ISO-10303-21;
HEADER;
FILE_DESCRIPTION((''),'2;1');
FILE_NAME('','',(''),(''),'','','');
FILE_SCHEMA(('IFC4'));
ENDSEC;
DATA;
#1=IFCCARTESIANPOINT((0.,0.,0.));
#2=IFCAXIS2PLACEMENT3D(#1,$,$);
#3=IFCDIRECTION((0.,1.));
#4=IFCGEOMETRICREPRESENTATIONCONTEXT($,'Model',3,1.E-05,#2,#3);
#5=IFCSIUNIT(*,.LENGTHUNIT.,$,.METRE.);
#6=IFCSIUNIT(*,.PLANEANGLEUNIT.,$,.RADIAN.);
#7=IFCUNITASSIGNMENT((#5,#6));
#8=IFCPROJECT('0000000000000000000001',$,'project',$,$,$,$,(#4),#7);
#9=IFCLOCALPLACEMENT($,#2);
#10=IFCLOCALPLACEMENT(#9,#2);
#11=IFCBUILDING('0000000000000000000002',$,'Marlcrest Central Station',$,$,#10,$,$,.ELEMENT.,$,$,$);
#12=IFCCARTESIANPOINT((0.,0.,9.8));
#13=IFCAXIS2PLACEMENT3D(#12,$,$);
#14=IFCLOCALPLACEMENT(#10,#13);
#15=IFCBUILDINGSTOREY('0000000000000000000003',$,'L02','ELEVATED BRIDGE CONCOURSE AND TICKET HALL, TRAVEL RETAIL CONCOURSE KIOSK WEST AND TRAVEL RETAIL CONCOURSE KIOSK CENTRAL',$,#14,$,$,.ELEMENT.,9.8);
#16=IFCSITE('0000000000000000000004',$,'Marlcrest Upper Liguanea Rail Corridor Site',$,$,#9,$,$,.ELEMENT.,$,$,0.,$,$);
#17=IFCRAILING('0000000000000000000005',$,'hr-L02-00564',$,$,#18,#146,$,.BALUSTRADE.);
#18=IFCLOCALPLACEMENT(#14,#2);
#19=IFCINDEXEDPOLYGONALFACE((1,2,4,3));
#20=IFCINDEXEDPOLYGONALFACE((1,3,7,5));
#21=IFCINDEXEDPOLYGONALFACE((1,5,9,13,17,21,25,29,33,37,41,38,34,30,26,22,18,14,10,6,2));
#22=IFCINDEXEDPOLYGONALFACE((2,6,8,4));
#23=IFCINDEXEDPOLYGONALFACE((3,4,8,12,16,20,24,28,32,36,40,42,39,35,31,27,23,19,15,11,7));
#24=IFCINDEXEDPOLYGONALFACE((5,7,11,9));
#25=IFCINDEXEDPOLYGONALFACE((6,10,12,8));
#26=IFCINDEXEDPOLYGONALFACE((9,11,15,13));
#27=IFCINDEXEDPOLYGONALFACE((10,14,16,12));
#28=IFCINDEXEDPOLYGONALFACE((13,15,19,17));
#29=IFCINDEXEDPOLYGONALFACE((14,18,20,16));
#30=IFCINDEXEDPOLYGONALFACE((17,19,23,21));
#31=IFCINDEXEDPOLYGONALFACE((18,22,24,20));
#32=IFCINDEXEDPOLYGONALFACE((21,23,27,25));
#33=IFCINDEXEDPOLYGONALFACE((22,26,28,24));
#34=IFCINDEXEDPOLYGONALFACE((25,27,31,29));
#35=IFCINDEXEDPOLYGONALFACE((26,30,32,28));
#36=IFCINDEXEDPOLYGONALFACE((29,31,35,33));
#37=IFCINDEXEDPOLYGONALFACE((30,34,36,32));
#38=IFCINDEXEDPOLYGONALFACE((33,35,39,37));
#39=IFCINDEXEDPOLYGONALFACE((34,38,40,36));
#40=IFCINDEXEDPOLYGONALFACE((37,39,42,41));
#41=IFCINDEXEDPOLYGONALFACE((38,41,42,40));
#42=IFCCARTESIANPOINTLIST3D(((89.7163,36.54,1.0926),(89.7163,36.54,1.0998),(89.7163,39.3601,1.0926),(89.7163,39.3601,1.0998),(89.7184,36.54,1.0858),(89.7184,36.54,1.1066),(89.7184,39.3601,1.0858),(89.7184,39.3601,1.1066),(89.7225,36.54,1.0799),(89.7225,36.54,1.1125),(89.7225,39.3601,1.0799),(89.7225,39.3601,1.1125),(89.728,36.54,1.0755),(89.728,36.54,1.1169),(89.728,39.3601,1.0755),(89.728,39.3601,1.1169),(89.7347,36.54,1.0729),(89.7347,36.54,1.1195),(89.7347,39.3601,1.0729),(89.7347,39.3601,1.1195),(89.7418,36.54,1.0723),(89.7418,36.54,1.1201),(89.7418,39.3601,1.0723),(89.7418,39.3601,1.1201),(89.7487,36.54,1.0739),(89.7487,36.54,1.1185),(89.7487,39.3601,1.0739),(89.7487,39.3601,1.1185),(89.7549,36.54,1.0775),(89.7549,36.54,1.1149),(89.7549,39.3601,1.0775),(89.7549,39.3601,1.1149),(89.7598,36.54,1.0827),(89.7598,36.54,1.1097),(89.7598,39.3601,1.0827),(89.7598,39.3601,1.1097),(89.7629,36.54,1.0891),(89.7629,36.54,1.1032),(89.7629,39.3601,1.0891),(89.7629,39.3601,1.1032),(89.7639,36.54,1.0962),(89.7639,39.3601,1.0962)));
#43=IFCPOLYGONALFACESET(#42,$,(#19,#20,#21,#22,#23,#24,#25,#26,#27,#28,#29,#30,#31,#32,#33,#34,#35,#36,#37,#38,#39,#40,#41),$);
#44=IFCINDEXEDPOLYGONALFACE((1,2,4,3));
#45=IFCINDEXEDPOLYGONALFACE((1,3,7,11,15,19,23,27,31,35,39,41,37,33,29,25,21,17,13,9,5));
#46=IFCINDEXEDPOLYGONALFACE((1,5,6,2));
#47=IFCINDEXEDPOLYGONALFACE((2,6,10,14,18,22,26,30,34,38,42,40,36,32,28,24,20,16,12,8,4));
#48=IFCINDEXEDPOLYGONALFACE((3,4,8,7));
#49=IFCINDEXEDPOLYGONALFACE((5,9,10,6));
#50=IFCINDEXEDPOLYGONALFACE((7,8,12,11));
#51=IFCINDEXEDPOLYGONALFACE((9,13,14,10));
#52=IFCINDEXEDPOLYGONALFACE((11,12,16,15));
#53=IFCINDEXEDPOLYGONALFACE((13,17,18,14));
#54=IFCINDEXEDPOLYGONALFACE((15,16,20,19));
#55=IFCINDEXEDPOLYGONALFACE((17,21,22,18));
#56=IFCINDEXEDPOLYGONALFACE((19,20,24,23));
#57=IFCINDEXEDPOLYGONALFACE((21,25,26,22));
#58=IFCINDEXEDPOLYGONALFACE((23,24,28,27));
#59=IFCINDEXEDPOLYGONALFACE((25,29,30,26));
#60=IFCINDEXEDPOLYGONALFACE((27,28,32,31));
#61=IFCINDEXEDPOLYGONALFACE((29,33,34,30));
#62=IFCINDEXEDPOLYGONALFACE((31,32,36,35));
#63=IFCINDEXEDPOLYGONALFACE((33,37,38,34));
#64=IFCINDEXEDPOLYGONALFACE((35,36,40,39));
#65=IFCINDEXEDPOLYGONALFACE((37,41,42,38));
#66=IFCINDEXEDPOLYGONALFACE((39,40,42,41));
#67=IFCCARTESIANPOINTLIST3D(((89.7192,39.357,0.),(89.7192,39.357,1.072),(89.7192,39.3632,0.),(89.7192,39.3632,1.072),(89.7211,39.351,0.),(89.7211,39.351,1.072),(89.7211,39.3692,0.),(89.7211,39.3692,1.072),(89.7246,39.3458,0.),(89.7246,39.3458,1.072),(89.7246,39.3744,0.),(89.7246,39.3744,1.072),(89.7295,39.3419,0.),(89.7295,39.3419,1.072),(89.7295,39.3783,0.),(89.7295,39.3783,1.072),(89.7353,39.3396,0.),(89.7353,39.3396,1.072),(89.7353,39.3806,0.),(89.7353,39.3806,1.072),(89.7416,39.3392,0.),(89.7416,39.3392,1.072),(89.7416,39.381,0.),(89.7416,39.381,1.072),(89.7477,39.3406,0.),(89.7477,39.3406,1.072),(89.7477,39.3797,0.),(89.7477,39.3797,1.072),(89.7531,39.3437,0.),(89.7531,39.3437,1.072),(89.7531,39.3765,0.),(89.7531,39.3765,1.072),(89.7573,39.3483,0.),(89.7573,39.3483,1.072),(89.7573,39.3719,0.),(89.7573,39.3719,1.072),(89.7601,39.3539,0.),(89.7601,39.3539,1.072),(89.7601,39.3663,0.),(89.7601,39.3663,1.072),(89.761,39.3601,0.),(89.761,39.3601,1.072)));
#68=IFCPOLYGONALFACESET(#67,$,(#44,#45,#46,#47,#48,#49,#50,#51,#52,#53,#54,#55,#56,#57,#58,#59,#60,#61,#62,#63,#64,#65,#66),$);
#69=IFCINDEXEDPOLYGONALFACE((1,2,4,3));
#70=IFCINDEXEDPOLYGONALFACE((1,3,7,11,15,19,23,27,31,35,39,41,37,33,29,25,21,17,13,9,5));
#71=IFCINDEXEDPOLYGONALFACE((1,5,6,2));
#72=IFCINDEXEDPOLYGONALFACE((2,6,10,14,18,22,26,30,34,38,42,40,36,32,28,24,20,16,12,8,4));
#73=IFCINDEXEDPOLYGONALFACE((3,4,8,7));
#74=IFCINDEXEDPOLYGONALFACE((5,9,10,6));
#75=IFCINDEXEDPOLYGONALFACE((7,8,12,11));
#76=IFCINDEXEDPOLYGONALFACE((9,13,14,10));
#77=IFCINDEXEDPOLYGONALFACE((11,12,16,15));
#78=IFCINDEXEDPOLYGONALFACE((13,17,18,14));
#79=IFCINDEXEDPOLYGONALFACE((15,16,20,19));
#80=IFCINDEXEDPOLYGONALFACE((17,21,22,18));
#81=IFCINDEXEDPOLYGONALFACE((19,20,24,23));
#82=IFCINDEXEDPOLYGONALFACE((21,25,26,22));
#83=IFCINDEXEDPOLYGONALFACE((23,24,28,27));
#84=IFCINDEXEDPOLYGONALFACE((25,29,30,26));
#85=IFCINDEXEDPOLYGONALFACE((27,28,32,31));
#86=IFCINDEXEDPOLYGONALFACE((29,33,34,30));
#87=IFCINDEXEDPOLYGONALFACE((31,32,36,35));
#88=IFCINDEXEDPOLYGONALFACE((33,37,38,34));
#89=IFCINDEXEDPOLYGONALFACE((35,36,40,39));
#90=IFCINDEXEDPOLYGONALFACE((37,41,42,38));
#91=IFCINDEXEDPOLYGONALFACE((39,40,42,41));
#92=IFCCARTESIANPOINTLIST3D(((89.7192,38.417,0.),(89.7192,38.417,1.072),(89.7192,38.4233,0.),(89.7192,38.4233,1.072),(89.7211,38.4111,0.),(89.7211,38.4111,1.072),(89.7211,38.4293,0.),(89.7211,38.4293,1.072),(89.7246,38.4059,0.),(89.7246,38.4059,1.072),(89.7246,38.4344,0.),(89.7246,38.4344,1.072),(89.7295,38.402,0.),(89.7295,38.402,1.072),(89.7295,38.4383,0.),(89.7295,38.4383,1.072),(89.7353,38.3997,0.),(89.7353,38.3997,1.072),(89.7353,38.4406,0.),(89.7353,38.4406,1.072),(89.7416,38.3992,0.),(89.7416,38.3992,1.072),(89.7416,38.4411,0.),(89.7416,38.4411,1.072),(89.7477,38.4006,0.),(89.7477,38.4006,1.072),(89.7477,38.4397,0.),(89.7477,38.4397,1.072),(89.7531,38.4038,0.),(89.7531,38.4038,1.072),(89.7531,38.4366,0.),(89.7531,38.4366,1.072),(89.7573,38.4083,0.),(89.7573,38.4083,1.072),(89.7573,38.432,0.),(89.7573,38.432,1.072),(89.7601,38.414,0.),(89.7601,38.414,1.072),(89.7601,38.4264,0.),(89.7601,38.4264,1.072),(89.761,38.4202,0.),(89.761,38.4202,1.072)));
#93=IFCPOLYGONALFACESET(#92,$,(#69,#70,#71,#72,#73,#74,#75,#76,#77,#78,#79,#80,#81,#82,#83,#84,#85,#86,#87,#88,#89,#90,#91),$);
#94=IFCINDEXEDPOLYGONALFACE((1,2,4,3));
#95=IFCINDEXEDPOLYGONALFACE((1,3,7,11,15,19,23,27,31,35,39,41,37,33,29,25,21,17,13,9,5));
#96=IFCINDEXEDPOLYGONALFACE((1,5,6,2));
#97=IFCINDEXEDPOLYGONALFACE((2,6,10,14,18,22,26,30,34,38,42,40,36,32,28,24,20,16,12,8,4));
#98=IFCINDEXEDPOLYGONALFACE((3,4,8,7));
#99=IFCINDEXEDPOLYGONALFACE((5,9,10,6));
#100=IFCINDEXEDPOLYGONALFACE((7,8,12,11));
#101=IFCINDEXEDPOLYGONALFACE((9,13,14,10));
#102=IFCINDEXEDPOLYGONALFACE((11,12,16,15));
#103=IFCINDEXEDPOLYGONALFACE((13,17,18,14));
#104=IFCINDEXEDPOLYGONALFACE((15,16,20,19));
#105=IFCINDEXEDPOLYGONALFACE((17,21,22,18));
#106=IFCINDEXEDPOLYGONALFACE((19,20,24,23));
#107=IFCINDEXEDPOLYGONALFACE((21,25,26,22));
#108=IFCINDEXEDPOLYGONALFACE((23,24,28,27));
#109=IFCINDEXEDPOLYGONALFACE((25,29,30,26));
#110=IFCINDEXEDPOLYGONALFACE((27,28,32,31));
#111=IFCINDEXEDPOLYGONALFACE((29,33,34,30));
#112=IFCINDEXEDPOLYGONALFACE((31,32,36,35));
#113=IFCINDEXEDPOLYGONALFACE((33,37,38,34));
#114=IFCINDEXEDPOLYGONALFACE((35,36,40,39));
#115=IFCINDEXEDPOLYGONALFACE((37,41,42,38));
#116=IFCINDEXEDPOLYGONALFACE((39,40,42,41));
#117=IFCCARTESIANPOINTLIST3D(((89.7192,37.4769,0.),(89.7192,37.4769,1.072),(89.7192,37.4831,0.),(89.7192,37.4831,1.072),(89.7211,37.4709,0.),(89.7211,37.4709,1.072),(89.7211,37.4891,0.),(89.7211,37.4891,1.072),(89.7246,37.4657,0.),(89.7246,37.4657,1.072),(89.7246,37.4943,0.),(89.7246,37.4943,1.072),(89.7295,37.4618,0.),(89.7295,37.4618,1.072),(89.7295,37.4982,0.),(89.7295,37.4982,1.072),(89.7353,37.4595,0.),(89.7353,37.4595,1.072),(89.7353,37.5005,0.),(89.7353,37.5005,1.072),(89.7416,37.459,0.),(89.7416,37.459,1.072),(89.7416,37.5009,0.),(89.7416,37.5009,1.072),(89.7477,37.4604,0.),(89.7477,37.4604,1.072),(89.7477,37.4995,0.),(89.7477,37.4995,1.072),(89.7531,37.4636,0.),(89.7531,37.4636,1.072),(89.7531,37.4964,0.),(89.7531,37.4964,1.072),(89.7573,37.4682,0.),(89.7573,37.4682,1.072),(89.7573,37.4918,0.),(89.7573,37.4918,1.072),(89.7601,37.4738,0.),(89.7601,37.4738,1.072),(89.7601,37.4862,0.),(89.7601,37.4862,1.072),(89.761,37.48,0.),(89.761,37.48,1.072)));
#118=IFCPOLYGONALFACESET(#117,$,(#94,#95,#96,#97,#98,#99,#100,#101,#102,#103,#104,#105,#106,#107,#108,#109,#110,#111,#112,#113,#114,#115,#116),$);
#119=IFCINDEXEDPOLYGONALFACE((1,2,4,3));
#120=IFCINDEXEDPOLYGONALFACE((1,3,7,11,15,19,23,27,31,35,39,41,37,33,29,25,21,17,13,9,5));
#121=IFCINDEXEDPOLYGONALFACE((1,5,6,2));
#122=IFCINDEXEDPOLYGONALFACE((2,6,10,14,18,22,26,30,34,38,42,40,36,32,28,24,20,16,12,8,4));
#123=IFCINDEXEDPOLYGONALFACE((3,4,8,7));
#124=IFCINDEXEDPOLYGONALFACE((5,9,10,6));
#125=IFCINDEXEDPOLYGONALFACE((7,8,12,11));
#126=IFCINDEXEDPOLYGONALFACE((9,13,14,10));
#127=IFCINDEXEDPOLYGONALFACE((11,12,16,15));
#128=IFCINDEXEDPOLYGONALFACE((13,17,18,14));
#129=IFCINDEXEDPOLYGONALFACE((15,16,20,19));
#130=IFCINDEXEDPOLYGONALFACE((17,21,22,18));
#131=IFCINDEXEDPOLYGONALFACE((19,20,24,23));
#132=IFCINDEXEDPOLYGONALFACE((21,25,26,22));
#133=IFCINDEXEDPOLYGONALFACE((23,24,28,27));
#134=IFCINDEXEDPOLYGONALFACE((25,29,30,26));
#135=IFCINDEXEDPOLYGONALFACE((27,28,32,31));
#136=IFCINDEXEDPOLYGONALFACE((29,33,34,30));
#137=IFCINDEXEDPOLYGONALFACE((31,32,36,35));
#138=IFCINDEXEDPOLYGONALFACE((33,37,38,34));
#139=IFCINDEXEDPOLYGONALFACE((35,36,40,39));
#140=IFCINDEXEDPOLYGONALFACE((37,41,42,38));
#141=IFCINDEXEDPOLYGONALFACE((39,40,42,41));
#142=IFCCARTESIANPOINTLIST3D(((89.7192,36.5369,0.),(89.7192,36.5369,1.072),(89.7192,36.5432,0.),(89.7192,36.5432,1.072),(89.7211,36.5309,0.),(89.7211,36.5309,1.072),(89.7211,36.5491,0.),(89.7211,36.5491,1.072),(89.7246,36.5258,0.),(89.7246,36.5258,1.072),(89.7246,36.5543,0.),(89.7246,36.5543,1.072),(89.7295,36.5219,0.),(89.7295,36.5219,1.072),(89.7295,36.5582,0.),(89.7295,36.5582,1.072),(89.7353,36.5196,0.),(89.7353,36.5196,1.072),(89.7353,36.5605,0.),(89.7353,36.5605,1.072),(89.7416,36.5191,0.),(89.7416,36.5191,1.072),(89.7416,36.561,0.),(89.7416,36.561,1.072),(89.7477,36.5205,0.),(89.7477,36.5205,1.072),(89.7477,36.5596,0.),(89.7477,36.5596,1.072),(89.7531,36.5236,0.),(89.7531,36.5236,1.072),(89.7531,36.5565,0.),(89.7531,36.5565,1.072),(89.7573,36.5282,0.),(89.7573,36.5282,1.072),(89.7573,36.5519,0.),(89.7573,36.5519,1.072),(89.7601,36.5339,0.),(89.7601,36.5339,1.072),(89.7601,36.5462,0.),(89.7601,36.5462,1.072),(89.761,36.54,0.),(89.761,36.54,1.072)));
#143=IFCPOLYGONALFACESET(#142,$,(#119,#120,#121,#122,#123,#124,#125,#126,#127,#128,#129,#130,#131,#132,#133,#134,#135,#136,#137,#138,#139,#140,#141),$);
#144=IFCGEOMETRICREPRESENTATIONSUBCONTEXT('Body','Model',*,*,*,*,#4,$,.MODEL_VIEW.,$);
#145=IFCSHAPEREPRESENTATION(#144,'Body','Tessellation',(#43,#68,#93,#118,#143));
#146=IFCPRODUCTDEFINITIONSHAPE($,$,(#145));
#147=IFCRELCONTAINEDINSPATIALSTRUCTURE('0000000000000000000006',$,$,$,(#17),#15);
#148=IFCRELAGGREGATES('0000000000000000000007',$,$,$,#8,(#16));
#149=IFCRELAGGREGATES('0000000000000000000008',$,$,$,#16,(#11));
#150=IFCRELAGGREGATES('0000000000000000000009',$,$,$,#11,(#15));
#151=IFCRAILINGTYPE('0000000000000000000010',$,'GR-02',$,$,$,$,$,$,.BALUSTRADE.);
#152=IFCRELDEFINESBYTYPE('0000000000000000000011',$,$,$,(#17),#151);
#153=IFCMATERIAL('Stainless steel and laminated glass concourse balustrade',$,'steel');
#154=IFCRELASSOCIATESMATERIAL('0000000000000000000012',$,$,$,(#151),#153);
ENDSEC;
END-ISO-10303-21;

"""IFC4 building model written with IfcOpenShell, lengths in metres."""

from ifc_helpers import new_model, si_unit, direction, frame, origin, origin_2d, place, context, subcontext, project, spatial, circle, extrude, material, type_object, element, save


model = new_model("IFC4")

# Units and contexts
model_context = context("Model", 3, precision=1e-05, world=origin(), true_north=direction((0.0, 1.0)))
body_context = subcontext(model_context, "Body", "Model", "MODEL_VIEW")
ifc_project = project(units=[si_unit("LENGTHUNIT", "METRE"), si_unit("PLANEANGLEUNIT", "RADIAN")], contexts=[model_context])

# Site, building, storey
site_placement = place(None, origin())
site = spatial("IfcSite", under=ifc_project, at=site_placement, Name="Marlcrest Upper Liguanea Rail Corridor Site", CompositionType="ELEMENT", RefElevation=0.0)
building_placement = place(site_placement, origin())
building = spatial("IfcBuilding", under=site, at=building_placement, Name="Marlcrest Central Station", CompositionType="ELEMENT")
storey_placement = place(building_placement, frame((0.0, 0.0, 9.8)))
storey = spatial("IfcBuildingStorey", under=building, at=storey_placement, Name="L02", Description="ELEVATED BRIDGE CONCOURSE AND TICKET HALL, TRAVEL RETAIL CONCOURSE KIOSK WEST AND TRAVEL RETAIL CONCOURSE KIOSK CENTRAL", CompositionType="ELEMENT", Elevation=9.8)

# Railing
ifc_material_1 = material(Name="Stainless steel and laminated glass concourse balustrade", Category="steel")
railing_type = type_object("IfcRailingType", Name="GR-02", PredefinedType="BALUSTRADE", material=ifc_material_1)
railing_1_placement = place(storey_placement, frame((89.74, 39.3601, 0.0)))
element("IfcRailing", 1, at=railing_1_placement, inside=storey, type_object=railing_type, Name="hr-L02-00564", PredefinedType="BALUSTRADE", context=body_context, shape_type="SweptSolid", body=[
    extrude(circle(Radius=0.0239, at=origin_2d()), frame((0.0, 0.0, 1.0962), z_axis=(0.0, -1.0, 0.0), x_axis=(1.0, 0.0, 0.0)), (0.0, 0.0, 1.0), 2.8201),
    extrude(circle(Radius=0.021, at=origin_2d()), origin(), (0.0, 0.0, 1.0), 1.072),
    extrude(circle(Radius=0.021, at=origin_2d()), frame((0.0, -0.9399, 0.0)), (0.0, 0.0, 1.0), 1.072),
    extrude(circle(Radius=0.021, at=origin_2d()), frame((0.0, -1.8801, 0.0)), (0.0, 0.0, 1.0), 1.072),
    extrude(circle(Radius=0.021, at=origin_2d()), frame((0.0, -2.8201, 0.0)), (0.0, 0.0, 1.0), 1.072),
])

save(model, "model.ifc")
